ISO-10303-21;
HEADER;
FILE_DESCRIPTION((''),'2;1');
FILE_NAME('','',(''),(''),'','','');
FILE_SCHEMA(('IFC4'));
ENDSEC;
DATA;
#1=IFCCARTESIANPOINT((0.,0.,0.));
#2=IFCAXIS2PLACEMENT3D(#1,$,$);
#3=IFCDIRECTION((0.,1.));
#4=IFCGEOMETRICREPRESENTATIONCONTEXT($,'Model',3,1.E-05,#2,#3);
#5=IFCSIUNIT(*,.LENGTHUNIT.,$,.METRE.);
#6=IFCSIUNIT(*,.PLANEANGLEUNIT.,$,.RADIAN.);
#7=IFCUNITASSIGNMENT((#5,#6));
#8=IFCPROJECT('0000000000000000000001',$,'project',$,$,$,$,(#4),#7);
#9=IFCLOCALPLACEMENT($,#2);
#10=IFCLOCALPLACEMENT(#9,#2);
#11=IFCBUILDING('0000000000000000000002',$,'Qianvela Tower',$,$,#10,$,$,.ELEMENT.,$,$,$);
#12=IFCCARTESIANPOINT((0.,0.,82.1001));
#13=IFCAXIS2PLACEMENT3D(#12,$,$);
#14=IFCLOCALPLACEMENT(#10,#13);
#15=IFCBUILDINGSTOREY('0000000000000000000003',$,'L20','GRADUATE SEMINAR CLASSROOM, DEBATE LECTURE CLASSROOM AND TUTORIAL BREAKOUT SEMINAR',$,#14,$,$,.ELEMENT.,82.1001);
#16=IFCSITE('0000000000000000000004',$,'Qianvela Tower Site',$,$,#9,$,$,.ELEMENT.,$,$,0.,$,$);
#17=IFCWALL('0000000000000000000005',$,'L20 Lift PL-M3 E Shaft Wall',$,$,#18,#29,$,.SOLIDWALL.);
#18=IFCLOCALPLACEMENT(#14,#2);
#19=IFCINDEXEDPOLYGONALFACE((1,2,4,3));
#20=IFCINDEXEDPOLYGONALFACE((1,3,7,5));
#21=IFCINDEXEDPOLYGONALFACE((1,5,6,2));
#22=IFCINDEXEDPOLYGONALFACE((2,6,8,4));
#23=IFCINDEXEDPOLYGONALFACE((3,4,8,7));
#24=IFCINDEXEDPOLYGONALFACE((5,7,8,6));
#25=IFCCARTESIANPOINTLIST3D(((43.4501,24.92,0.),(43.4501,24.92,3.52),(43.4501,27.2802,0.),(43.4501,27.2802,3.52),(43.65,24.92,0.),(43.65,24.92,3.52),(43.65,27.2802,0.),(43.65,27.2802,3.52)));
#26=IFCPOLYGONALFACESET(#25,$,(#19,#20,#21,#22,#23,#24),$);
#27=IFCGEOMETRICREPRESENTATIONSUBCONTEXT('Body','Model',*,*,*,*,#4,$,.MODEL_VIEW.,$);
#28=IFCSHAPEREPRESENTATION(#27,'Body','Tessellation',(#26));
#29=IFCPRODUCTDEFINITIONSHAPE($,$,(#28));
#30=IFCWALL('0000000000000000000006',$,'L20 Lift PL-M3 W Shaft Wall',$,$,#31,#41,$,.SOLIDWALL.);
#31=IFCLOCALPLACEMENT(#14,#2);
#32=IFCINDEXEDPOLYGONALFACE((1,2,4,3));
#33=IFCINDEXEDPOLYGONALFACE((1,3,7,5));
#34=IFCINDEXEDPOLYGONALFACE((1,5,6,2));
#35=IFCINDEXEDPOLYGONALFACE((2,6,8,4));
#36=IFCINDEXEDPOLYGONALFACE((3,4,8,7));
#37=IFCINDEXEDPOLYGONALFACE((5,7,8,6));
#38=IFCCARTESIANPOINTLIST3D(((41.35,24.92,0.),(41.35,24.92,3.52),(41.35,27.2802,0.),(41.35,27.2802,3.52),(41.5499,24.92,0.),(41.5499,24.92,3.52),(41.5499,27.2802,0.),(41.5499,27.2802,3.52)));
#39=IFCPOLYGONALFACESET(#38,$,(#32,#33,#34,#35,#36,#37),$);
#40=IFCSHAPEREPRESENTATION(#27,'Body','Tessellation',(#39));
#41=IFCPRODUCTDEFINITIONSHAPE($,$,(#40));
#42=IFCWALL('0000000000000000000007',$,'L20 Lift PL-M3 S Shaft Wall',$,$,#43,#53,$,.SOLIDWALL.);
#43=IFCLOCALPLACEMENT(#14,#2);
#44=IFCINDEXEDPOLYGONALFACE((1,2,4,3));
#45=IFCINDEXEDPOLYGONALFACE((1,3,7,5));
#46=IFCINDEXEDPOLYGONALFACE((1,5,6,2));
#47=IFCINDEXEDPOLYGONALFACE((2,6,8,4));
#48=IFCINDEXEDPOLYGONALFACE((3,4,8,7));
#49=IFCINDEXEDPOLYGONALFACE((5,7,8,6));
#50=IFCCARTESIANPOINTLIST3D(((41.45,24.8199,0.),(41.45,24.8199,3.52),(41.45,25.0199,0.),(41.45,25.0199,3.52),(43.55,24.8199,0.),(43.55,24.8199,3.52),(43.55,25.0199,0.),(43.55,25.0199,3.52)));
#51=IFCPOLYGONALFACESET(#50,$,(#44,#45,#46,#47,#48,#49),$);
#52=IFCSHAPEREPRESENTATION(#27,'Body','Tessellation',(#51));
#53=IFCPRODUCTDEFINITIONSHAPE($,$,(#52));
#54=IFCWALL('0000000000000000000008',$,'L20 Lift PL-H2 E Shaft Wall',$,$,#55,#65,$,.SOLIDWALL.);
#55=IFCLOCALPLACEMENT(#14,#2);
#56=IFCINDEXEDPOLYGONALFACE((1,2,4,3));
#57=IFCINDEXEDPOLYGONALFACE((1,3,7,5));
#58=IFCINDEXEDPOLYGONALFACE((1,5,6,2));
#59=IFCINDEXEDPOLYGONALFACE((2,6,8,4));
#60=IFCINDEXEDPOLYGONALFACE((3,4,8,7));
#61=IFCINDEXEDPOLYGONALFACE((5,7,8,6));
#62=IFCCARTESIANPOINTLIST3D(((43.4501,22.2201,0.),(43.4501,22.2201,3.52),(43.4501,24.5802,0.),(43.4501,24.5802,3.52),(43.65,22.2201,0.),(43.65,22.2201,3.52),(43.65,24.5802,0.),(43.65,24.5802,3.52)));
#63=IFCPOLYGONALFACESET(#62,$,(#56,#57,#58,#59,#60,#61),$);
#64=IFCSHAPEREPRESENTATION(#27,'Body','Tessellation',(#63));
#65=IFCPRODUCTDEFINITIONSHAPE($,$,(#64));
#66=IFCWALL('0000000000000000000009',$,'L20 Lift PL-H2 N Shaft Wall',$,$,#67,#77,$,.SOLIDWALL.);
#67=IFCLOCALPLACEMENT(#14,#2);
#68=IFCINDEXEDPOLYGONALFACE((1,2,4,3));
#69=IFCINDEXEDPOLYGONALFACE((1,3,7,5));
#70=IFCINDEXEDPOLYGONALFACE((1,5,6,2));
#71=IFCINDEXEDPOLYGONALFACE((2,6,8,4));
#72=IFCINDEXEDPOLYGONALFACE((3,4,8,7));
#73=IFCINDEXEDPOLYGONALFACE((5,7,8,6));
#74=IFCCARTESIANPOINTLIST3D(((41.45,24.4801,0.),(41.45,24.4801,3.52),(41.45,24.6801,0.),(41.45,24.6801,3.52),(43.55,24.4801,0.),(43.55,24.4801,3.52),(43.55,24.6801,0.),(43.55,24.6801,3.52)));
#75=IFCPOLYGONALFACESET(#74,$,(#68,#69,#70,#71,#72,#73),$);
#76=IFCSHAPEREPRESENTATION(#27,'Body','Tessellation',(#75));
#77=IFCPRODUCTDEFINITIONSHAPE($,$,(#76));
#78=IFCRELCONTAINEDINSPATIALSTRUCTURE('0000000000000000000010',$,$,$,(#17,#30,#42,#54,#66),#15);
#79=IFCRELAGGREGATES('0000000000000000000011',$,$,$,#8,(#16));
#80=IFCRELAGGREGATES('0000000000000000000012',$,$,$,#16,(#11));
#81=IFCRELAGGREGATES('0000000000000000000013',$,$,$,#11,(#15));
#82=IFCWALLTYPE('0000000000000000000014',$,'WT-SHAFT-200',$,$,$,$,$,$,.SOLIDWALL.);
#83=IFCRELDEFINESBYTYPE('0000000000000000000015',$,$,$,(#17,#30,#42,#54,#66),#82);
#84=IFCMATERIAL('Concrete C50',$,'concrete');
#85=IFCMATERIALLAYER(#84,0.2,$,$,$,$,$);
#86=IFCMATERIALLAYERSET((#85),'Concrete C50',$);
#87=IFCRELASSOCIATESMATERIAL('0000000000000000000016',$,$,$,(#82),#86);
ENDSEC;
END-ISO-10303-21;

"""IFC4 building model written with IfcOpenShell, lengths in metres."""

from ifc_helpers import new_model, si_unit, direction, frame, frame_2d, origin, place, context, subcontext, project, spatial, rectangle, extrude, material, layer, layer_set, type_object, element, save


model = new_model("IFC4")

# Units and contexts
model_context = context("Model", 3, precision=1e-05, world=origin(), true_north=direction((0.0, 1.0)))
body_context = subcontext(model_context, "Body", "Model", "MODEL_VIEW")
ifc_project = project(units=[si_unit("LENGTHUNIT", "METRE"), si_unit("PLANEANGLEUNIT", "RADIAN")], contexts=[model_context])

# Site, building, storey
site_placement = place(None, origin())
site = spatial("IfcSite", under=ifc_project, at=site_placement, Name="Qianvela Tower Site", CompositionType="ELEMENT", RefElevation=0.0)
building_placement = place(site_placement, origin())
building = spatial("IfcBuilding", under=site, at=building_placement, Name="Qianvela Tower", CompositionType="ELEMENT")
storey_placement = place(building_placement, frame((0.0, 0.0, 82.1001)))
storey = spatial("IfcBuildingStorey", under=building, at=storey_placement, Name="L20", Description="GRADUATE SEMINAR CLASSROOM, DEBATE LECTURE CLASSROOM AND TUTORIAL BREAKOUT SEMINAR", CompositionType="ELEMENT", Elevation=82.1001)

# Walls
ifc_material_1 = material(Name="Concrete C50", Category="concrete")
ifc_layer_1 = layer(ifc_material_1, 0.2)
ifc_layer_set_1 = layer_set([ifc_layer_1], Name="Concrete C50")
wall_type_1 = type_object("IfcWallType", Name="WT-SHAFT-200", PredefinedType="SOLIDWALL", material=ifc_layer_set_1)
for number, where, z_axis, x_axis, name in (
    (1, (43.55, 24.9199, 0.0), (0.0, 0.0, 1.0), (0.0, 1.0, 0.0), "L20 Lift PL-M3 E Shaft Wall"),
    (2, (41.45, 24.9199, 0.0), (0.0, 0.0, 1.0), (0.0, 1.0, 0.0), "L20 Lift PL-M3 W Shaft Wall"),
):
    element("IfcWall", number, at=place(storey_placement, frame(where, z_axis=z_axis, x_axis=x_axis)), inside=storey, type_object=wall_type_1, Name=name, PredefinedType="SOLIDWALL", context=body_context, shape_type="SweptSolid", body=[
        extrude(rectangle(XDim=2.3601, YDim=0.2, at=frame_2d((1.1802, 0.0))), origin(), (0.0, 0.0, 1.0), 3.52),
    ])
wall_1_placement = place(storey_placement, frame((41.45, 24.9199, 0.0), z_axis=(0.0, 0.0, 1.0), x_axis=(1.0, 0.0, 0.0)))
element("IfcWall", 3, at=wall_1_placement, inside=storey, type_object=wall_type_1, Name="L20 Lift PL-M3 S Shaft Wall", PredefinedType="SOLIDWALL", context=body_context, shape_type="SweptSolid", body=[
    extrude(rectangle(XDim=2.1001, YDim=0.2, at=frame_2d((1.05, 0.0))), origin(), (0.0, 0.0, 1.0), 3.52),
])
wall_2_placement = place(storey_placement, frame((43.55, 22.22, 0.0), z_axis=(0.0, 0.0, 1.0), x_axis=(0.0, 1.0, 0.0)))
element("IfcWall", 4, at=wall_2_placement, inside=storey, type_object=wall_type_1, Name="L20 Lift PL-H2 E Shaft Wall", PredefinedType="SOLIDWALL", context=body_context, shape_type="SweptSolid", body=[
    extrude(rectangle(XDim=2.3601, YDim=0.2, at=frame_2d((1.1802, 0.0))), origin(), (0.0, 0.0, 1.0), 3.52),
])
wall_3_placement = place(storey_placement, frame((41.45, 24.5801, 0.0), z_axis=(0.0, 0.0, 1.0), x_axis=(1.0, 0.0, 0.0)))
element("IfcWall", 5, at=wall_3_placement, inside=storey, type_object=wall_type_1, Name="L20 Lift PL-H2 N Shaft Wall", PredefinedType="SOLIDWALL", context=body_context, shape_type="SweptSolid", body=[
    extrude(rectangle(XDim=2.1001, YDim=0.2, at=frame_2d((1.05, 0.0))), origin(), (0.0, 0.0, 1.0), 3.52),
])

save(model, "model.ifc")
